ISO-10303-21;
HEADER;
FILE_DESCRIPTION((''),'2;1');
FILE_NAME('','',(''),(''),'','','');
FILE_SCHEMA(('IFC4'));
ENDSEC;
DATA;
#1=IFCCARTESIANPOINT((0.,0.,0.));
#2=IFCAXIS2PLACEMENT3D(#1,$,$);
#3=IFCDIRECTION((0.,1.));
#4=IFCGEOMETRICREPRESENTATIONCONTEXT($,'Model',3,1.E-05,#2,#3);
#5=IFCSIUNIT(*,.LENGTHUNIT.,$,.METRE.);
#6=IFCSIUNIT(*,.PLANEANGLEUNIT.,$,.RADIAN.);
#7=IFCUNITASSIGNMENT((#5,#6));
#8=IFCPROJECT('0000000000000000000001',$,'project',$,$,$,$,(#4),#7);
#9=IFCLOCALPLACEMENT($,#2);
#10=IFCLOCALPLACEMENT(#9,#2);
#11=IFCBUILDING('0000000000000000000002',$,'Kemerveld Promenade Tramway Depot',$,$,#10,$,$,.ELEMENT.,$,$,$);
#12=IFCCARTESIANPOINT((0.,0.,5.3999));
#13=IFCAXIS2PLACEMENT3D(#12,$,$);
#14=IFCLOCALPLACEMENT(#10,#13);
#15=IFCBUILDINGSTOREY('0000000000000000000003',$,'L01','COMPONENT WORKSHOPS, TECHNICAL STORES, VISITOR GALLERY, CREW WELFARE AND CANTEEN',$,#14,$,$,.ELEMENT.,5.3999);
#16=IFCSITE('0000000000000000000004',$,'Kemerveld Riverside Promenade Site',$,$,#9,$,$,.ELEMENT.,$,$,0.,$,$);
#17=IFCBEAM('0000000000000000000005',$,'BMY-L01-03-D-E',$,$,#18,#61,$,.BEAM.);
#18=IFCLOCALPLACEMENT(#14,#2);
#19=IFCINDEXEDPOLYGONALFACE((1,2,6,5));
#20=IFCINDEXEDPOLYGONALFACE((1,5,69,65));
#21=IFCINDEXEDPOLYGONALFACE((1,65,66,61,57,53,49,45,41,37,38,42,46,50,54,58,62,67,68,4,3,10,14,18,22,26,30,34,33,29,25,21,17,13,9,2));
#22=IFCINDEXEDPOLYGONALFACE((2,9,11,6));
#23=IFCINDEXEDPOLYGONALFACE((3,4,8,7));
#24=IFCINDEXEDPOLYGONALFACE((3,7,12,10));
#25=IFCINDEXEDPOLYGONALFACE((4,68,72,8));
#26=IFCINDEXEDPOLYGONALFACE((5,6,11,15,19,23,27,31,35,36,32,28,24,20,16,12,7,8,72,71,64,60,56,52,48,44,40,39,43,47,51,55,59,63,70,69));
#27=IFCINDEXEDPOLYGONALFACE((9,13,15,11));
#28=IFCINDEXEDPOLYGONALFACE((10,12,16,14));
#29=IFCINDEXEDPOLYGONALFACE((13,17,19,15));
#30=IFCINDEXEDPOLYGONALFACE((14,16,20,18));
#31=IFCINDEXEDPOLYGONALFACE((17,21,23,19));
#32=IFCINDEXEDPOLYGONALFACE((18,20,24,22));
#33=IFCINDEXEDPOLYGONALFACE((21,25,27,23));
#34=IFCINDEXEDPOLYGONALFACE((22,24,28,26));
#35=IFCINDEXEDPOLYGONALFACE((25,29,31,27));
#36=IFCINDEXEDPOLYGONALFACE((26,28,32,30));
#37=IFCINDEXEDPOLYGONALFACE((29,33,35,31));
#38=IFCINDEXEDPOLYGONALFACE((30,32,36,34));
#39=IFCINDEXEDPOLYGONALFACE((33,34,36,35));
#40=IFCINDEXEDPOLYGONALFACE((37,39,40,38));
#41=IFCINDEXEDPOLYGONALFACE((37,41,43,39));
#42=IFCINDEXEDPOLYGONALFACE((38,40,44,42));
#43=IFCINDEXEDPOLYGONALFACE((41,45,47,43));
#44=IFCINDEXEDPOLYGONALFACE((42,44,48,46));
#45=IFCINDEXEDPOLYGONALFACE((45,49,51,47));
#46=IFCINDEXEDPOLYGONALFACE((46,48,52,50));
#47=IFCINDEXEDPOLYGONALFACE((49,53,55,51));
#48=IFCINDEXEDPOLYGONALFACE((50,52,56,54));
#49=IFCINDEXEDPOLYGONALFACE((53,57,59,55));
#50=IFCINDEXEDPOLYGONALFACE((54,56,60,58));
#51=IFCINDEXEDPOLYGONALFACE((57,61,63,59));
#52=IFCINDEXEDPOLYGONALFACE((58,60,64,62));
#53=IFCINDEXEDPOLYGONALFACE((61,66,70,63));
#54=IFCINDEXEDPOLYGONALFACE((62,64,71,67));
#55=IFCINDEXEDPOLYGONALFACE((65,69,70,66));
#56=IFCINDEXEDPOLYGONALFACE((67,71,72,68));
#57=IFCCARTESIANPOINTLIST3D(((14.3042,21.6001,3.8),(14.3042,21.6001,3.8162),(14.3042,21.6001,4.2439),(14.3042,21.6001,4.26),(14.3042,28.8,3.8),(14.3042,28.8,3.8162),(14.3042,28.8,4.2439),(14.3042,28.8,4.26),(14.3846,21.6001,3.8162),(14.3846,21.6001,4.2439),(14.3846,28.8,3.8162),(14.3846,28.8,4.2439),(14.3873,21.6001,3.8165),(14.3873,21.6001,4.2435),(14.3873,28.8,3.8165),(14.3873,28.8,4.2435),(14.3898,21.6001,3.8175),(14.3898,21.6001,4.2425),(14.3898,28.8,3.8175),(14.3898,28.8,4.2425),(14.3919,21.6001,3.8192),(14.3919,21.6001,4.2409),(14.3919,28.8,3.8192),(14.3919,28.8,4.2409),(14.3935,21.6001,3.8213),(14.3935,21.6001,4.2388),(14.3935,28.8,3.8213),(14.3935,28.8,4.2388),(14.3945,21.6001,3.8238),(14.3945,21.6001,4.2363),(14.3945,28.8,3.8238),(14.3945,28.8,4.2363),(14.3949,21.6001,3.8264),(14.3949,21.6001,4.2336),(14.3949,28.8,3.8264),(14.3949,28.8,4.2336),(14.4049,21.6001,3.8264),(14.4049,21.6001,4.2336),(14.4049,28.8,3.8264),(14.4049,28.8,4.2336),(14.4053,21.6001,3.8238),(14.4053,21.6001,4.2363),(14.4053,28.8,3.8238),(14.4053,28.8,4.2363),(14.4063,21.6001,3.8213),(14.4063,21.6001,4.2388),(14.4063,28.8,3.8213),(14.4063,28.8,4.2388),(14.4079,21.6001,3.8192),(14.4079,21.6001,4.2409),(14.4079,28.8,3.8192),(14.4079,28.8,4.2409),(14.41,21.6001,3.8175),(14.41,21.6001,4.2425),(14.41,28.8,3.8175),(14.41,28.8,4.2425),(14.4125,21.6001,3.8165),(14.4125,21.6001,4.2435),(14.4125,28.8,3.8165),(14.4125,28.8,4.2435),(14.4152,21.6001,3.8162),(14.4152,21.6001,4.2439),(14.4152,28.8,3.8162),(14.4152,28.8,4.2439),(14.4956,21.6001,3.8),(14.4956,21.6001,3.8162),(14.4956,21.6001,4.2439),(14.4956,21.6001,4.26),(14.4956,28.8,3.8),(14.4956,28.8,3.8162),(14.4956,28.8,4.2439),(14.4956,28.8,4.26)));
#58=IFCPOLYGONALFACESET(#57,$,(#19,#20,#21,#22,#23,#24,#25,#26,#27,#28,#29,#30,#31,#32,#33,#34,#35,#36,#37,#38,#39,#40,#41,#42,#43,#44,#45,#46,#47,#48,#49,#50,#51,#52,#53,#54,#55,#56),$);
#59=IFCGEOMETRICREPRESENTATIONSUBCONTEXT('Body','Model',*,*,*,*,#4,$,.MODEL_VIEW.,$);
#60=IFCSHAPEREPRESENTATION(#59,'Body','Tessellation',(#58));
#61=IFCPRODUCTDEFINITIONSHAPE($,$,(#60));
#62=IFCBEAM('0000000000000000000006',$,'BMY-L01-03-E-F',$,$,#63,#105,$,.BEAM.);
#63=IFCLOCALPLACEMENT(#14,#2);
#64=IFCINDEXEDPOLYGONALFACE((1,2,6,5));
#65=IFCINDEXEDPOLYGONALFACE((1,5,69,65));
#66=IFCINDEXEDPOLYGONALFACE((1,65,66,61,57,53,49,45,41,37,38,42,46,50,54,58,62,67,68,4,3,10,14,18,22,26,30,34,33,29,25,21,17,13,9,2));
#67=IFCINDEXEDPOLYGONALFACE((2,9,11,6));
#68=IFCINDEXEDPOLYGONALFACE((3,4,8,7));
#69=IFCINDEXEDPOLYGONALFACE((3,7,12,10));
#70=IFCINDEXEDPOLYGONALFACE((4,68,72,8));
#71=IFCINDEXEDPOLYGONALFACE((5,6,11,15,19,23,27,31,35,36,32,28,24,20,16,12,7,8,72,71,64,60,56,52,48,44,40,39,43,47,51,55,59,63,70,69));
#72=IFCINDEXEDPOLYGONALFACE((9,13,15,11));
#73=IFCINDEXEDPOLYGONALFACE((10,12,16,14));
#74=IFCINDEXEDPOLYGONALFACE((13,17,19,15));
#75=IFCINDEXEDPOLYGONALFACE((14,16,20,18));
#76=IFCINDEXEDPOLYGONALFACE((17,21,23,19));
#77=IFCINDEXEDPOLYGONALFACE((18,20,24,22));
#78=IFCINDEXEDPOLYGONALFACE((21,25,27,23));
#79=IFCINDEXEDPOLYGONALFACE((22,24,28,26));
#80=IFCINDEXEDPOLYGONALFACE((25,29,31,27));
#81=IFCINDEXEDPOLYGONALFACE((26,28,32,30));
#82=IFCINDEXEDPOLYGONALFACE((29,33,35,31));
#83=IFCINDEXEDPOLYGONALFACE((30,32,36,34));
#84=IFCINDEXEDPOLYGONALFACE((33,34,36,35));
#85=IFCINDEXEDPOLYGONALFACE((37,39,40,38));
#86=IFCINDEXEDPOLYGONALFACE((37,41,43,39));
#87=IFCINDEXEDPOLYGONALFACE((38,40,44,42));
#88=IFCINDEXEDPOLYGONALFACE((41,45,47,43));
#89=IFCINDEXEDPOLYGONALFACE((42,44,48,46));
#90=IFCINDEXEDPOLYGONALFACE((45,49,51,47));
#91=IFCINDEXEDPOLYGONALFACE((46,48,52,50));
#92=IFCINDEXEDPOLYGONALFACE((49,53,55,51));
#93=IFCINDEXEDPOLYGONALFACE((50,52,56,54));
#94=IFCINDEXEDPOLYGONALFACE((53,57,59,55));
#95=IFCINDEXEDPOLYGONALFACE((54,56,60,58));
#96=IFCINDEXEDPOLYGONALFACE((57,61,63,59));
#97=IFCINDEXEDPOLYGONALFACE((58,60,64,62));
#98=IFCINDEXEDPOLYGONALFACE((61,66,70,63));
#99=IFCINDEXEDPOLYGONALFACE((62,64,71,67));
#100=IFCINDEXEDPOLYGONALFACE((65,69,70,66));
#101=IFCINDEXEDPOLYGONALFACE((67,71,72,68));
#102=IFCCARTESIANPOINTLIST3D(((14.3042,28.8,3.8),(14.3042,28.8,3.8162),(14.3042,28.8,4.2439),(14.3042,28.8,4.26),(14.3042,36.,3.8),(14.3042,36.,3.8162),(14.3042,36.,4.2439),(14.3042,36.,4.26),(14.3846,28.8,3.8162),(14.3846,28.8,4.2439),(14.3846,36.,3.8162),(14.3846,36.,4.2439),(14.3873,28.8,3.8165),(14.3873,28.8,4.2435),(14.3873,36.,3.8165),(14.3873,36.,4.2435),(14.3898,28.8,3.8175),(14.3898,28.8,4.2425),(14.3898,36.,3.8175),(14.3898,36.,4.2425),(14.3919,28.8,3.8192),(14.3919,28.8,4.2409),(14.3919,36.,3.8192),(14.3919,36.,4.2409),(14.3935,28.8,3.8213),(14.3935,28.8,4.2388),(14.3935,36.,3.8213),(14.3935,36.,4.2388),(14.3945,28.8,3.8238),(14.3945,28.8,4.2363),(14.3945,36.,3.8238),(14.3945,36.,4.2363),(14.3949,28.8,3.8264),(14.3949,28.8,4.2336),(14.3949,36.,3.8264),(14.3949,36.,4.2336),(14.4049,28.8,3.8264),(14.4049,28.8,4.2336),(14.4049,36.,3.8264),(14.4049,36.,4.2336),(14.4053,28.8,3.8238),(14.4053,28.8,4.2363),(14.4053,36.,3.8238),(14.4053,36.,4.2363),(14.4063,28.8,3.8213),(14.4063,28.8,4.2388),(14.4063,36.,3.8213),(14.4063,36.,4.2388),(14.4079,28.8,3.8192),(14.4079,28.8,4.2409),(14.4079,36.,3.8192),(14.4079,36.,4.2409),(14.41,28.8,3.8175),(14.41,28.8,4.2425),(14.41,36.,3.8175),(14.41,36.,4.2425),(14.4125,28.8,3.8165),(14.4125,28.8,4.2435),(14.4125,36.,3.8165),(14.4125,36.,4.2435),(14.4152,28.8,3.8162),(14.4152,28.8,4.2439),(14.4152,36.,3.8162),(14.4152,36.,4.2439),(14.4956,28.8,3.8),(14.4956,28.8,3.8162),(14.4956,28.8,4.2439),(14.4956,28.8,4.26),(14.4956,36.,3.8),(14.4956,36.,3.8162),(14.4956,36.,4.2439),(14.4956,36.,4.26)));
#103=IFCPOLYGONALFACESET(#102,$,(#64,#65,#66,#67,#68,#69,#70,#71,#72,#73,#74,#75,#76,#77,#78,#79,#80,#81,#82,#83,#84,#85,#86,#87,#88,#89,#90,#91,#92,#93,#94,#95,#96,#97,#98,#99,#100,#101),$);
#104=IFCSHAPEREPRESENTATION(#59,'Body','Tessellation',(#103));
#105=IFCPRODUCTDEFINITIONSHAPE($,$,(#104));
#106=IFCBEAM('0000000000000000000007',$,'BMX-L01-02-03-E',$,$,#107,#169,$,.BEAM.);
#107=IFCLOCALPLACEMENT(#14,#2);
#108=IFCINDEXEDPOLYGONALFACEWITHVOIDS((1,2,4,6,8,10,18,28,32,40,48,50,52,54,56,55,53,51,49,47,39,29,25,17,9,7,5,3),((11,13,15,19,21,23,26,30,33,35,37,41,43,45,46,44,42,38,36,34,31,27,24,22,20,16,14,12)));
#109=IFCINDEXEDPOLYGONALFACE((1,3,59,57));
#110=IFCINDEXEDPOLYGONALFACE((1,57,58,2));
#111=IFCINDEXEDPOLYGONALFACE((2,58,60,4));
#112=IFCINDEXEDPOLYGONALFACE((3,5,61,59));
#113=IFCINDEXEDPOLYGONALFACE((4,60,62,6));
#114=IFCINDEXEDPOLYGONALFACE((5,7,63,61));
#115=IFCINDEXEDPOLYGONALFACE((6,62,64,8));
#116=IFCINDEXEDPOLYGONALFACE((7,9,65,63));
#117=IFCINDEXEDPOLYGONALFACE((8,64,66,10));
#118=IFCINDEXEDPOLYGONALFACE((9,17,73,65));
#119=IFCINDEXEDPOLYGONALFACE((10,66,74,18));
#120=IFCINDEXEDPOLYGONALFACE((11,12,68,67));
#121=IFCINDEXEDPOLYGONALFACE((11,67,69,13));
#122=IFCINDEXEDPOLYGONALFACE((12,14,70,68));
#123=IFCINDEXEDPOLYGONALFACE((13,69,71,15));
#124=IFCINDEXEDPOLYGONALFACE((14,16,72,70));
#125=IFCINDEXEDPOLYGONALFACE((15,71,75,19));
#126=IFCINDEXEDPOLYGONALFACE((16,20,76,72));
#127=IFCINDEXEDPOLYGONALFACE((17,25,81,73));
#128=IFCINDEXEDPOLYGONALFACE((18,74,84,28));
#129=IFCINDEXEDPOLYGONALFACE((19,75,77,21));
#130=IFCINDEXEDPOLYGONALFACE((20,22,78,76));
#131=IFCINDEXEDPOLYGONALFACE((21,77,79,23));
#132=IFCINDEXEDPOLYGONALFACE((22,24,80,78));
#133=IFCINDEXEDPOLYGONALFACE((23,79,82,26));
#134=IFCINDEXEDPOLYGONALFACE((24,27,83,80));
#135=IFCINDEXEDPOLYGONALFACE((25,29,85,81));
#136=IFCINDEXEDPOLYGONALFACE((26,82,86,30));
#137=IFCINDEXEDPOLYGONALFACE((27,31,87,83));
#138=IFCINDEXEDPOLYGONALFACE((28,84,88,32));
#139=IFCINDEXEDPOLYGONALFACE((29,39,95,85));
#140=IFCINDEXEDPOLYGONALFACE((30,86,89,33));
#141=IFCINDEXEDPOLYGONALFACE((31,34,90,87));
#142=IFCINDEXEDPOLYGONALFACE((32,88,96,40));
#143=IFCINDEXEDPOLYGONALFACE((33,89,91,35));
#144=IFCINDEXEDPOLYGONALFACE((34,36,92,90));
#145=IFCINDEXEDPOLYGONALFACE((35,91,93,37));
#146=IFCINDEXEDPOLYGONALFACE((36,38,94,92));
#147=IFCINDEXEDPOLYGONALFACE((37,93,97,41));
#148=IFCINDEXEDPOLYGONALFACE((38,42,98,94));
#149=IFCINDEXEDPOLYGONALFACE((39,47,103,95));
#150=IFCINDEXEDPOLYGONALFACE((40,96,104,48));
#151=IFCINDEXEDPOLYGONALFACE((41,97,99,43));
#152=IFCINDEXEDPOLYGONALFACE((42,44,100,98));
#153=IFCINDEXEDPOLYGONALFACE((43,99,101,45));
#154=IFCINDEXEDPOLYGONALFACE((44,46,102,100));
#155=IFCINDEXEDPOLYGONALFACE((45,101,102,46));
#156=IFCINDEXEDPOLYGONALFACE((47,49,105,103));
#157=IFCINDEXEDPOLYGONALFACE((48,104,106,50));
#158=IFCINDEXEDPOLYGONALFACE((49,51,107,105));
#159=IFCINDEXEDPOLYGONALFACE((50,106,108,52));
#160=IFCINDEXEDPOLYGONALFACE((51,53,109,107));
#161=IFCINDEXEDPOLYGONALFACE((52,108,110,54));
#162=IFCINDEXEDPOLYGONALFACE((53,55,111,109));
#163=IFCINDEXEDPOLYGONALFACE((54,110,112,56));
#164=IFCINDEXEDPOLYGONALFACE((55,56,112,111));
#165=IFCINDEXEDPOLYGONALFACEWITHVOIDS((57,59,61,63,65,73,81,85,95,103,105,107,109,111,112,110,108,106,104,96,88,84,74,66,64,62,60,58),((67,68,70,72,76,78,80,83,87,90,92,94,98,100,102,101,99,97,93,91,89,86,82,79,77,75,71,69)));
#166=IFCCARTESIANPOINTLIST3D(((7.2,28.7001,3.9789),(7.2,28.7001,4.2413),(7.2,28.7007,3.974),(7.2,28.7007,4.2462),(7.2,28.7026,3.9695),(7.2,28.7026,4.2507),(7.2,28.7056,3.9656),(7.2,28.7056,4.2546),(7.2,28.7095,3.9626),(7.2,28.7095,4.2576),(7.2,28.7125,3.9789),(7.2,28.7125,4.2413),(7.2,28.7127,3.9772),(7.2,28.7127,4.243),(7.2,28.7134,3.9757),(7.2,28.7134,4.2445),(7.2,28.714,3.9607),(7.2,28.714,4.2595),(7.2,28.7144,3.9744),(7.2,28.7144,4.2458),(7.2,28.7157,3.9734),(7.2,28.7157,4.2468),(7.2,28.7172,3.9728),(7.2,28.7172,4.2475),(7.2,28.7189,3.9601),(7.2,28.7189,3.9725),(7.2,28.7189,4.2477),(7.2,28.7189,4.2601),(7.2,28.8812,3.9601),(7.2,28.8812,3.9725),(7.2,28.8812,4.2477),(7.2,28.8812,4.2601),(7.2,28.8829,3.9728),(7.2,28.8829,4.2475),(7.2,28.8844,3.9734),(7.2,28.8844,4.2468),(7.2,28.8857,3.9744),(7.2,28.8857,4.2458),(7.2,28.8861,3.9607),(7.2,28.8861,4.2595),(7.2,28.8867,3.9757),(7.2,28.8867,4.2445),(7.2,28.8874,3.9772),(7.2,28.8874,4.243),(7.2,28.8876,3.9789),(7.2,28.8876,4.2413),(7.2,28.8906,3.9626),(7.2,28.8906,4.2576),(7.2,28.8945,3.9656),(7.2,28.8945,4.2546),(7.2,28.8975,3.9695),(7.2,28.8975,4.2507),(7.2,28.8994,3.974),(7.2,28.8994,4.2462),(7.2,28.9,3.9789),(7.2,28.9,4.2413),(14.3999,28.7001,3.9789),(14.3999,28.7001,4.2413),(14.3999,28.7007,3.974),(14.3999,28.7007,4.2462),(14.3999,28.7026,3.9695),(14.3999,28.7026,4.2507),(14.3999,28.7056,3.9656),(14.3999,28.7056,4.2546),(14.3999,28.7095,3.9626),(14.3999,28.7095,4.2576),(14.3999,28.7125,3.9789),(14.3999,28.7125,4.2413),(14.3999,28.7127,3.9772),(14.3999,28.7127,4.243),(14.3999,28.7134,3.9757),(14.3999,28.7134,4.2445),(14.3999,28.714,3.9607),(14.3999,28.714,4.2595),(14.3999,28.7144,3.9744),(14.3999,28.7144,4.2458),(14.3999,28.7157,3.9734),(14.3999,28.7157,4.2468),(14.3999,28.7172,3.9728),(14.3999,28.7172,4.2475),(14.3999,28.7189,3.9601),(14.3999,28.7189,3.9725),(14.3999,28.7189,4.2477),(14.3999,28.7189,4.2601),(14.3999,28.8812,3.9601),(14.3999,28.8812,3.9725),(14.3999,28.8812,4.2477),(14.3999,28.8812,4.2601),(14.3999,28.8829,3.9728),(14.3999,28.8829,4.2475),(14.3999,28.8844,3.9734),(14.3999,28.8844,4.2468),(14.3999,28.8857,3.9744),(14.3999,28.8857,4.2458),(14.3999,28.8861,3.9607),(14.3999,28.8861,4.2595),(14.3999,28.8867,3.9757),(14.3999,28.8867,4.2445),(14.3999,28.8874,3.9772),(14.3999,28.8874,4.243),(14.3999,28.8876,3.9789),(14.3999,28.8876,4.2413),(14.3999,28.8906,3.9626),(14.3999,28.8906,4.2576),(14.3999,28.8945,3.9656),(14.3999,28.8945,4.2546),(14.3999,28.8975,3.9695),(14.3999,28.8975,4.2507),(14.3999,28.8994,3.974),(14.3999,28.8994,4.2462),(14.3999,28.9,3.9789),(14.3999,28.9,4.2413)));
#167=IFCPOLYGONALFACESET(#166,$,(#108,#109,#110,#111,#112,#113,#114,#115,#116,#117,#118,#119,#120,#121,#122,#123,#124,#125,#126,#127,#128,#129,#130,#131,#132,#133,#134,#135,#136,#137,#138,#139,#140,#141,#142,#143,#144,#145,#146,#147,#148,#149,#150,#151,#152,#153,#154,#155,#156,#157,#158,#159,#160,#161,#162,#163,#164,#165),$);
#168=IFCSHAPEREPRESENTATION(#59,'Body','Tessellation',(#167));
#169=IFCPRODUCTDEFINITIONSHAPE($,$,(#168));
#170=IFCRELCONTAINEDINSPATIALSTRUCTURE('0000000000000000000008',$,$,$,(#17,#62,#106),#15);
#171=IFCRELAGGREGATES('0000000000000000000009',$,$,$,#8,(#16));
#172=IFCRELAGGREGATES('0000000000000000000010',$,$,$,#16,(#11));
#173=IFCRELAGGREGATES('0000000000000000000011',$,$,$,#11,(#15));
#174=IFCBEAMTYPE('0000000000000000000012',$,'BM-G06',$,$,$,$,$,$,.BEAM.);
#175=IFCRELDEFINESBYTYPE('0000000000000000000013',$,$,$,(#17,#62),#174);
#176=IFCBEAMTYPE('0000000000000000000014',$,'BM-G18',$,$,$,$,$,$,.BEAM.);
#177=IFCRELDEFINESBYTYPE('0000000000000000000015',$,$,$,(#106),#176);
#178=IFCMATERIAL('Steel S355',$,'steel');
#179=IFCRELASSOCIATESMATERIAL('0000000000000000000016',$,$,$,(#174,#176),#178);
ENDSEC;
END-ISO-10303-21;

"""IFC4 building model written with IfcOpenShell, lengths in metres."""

from ifc_helpers import new_model, si_unit, direction, frame, origin, origin_2d, place, context, subcontext, project, spatial, hollow_rectangle, i_section, extrude, material, material_profile, profile_set, type_object, element, save


model = new_model("IFC4")

# Units and contexts
model_context = context("Model", 3, precision=1e-05, world=origin(), true_north=direction((0.0, 1.0)))
body_context = subcontext(model_context, "Body", "Model", "MODEL_VIEW")
ifc_project = project(units=[si_unit("LENGTHUNIT", "METRE"), si_unit("PLANEANGLEUNIT", "RADIAN")], contexts=[model_context])

# Site, building, storey
site_placement = place(None, origin())
site = spatial("IfcSite", under=ifc_project, at=site_placement, Name="Kemerveld Riverside Promenade Site", CompositionType="ELEMENT", RefElevation=0.0)
building_placement = place(site_placement, origin())
building = spatial("IfcBuilding", under=site, at=building_placement, Name="Kemerveld Promenade Tramway Depot", CompositionType="ELEMENT")
storey_placement = place(building_placement, frame((0.0, 0.0, 5.3999)))
storey = spatial("IfcBuildingStorey", under=building, at=storey_placement, Name="L01", Description="COMPONENT WORKSHOPS, TECHNICAL STORES, VISITOR GALLERY, CREW WELFARE AND CANTEEN", CompositionType="ELEMENT", Elevation=5.3999)

# Shared definitions
ifc_material_1 = material(Name="Steel S355", Category="steel")

# Beams
ifc_material_profile_1 = material_profile(ifc_material_1, i_section(OverallWidth=0.1914, OverallDepth=0.46, WebThickness=0.01, FlangeThickness=0.0161, FilletRadius=0.0103, at=origin_2d()), Name="457x191x82 UB")
ifc_profile_set_1 = profile_set([ifc_material_profile_1], Name="Steel S355")
beam_type_1 = type_object("IfcBeamType", Name="BM-G06", PredefinedType="BEAM", material=ifc_profile_set_1)
for number, where, z_axis, x_axis, name in (
    (1, (14.3999, 21.6001, 4.03), (0.0, 1.0, 0.0), (-1.0, 0.0, 0.0), "BMY-L01-03-D-E"),
    (2, (14.3999, 28.8, 4.03), (0.0, 1.0, 0.0), (-1.0, 0.0, 0.0), "BMY-L01-03-E-F"),
):
    element("IfcBeam", number, at=place(storey_placement, frame(where, z_axis=z_axis, x_axis=x_axis)), inside=storey, type_object=beam_type_1, Name=name, PredefinedType="BEAM", context=body_context, shape_type="SweptSolid", body=[
        extrude(i_section(OverallWidth=0.1914, OverallDepth=0.46, WebThickness=0.01, FlangeThickness=0.0161, FilletRadius=0.0103, at=origin_2d()), origin(), (0.0, 0.0, 1.0), 7.2),
    ])
ifc_material_profile_2 = material_profile(ifc_material_1, hollow_rectangle(XDim=0.2, YDim=0.3, WallThickness=0.0125, InnerFilletRadius=0.0063, OuterFilletRadius=0.0188, at=origin_2d()), Name="300x200x12.5 RHS")
ifc_profile_set_2 = profile_set([ifc_material_profile_2], Name="Steel S355")
beam_type_2 = type_object("IfcBeamType", Name="BM-G18", PredefinedType="BEAM", material=ifc_profile_set_2)
beam_1_placement = place(storey_placement, frame((7.2, 28.8, 4.1101), z_axis=(1.0, 0.0, 0.0), x_axis=(0.0, 1.0, 0.0)))
element("IfcBeam", 3, at=beam_1_placement, inside=storey, type_object=beam_type_2, Name="BMX-L01-02-03-E", PredefinedType="BEAM", context=body_context, shape_type="SweptSolid", body=[
    extrude(hollow_rectangle(XDim=0.2, YDim=0.3, WallThickness=0.0125, InnerFilletRadius=0.0063, OuterFilletRadius=0.0188, at=origin_2d()), origin(), (0.0, 0.0, 1.0), 7.2),
])

save(model, "model.ifc")
